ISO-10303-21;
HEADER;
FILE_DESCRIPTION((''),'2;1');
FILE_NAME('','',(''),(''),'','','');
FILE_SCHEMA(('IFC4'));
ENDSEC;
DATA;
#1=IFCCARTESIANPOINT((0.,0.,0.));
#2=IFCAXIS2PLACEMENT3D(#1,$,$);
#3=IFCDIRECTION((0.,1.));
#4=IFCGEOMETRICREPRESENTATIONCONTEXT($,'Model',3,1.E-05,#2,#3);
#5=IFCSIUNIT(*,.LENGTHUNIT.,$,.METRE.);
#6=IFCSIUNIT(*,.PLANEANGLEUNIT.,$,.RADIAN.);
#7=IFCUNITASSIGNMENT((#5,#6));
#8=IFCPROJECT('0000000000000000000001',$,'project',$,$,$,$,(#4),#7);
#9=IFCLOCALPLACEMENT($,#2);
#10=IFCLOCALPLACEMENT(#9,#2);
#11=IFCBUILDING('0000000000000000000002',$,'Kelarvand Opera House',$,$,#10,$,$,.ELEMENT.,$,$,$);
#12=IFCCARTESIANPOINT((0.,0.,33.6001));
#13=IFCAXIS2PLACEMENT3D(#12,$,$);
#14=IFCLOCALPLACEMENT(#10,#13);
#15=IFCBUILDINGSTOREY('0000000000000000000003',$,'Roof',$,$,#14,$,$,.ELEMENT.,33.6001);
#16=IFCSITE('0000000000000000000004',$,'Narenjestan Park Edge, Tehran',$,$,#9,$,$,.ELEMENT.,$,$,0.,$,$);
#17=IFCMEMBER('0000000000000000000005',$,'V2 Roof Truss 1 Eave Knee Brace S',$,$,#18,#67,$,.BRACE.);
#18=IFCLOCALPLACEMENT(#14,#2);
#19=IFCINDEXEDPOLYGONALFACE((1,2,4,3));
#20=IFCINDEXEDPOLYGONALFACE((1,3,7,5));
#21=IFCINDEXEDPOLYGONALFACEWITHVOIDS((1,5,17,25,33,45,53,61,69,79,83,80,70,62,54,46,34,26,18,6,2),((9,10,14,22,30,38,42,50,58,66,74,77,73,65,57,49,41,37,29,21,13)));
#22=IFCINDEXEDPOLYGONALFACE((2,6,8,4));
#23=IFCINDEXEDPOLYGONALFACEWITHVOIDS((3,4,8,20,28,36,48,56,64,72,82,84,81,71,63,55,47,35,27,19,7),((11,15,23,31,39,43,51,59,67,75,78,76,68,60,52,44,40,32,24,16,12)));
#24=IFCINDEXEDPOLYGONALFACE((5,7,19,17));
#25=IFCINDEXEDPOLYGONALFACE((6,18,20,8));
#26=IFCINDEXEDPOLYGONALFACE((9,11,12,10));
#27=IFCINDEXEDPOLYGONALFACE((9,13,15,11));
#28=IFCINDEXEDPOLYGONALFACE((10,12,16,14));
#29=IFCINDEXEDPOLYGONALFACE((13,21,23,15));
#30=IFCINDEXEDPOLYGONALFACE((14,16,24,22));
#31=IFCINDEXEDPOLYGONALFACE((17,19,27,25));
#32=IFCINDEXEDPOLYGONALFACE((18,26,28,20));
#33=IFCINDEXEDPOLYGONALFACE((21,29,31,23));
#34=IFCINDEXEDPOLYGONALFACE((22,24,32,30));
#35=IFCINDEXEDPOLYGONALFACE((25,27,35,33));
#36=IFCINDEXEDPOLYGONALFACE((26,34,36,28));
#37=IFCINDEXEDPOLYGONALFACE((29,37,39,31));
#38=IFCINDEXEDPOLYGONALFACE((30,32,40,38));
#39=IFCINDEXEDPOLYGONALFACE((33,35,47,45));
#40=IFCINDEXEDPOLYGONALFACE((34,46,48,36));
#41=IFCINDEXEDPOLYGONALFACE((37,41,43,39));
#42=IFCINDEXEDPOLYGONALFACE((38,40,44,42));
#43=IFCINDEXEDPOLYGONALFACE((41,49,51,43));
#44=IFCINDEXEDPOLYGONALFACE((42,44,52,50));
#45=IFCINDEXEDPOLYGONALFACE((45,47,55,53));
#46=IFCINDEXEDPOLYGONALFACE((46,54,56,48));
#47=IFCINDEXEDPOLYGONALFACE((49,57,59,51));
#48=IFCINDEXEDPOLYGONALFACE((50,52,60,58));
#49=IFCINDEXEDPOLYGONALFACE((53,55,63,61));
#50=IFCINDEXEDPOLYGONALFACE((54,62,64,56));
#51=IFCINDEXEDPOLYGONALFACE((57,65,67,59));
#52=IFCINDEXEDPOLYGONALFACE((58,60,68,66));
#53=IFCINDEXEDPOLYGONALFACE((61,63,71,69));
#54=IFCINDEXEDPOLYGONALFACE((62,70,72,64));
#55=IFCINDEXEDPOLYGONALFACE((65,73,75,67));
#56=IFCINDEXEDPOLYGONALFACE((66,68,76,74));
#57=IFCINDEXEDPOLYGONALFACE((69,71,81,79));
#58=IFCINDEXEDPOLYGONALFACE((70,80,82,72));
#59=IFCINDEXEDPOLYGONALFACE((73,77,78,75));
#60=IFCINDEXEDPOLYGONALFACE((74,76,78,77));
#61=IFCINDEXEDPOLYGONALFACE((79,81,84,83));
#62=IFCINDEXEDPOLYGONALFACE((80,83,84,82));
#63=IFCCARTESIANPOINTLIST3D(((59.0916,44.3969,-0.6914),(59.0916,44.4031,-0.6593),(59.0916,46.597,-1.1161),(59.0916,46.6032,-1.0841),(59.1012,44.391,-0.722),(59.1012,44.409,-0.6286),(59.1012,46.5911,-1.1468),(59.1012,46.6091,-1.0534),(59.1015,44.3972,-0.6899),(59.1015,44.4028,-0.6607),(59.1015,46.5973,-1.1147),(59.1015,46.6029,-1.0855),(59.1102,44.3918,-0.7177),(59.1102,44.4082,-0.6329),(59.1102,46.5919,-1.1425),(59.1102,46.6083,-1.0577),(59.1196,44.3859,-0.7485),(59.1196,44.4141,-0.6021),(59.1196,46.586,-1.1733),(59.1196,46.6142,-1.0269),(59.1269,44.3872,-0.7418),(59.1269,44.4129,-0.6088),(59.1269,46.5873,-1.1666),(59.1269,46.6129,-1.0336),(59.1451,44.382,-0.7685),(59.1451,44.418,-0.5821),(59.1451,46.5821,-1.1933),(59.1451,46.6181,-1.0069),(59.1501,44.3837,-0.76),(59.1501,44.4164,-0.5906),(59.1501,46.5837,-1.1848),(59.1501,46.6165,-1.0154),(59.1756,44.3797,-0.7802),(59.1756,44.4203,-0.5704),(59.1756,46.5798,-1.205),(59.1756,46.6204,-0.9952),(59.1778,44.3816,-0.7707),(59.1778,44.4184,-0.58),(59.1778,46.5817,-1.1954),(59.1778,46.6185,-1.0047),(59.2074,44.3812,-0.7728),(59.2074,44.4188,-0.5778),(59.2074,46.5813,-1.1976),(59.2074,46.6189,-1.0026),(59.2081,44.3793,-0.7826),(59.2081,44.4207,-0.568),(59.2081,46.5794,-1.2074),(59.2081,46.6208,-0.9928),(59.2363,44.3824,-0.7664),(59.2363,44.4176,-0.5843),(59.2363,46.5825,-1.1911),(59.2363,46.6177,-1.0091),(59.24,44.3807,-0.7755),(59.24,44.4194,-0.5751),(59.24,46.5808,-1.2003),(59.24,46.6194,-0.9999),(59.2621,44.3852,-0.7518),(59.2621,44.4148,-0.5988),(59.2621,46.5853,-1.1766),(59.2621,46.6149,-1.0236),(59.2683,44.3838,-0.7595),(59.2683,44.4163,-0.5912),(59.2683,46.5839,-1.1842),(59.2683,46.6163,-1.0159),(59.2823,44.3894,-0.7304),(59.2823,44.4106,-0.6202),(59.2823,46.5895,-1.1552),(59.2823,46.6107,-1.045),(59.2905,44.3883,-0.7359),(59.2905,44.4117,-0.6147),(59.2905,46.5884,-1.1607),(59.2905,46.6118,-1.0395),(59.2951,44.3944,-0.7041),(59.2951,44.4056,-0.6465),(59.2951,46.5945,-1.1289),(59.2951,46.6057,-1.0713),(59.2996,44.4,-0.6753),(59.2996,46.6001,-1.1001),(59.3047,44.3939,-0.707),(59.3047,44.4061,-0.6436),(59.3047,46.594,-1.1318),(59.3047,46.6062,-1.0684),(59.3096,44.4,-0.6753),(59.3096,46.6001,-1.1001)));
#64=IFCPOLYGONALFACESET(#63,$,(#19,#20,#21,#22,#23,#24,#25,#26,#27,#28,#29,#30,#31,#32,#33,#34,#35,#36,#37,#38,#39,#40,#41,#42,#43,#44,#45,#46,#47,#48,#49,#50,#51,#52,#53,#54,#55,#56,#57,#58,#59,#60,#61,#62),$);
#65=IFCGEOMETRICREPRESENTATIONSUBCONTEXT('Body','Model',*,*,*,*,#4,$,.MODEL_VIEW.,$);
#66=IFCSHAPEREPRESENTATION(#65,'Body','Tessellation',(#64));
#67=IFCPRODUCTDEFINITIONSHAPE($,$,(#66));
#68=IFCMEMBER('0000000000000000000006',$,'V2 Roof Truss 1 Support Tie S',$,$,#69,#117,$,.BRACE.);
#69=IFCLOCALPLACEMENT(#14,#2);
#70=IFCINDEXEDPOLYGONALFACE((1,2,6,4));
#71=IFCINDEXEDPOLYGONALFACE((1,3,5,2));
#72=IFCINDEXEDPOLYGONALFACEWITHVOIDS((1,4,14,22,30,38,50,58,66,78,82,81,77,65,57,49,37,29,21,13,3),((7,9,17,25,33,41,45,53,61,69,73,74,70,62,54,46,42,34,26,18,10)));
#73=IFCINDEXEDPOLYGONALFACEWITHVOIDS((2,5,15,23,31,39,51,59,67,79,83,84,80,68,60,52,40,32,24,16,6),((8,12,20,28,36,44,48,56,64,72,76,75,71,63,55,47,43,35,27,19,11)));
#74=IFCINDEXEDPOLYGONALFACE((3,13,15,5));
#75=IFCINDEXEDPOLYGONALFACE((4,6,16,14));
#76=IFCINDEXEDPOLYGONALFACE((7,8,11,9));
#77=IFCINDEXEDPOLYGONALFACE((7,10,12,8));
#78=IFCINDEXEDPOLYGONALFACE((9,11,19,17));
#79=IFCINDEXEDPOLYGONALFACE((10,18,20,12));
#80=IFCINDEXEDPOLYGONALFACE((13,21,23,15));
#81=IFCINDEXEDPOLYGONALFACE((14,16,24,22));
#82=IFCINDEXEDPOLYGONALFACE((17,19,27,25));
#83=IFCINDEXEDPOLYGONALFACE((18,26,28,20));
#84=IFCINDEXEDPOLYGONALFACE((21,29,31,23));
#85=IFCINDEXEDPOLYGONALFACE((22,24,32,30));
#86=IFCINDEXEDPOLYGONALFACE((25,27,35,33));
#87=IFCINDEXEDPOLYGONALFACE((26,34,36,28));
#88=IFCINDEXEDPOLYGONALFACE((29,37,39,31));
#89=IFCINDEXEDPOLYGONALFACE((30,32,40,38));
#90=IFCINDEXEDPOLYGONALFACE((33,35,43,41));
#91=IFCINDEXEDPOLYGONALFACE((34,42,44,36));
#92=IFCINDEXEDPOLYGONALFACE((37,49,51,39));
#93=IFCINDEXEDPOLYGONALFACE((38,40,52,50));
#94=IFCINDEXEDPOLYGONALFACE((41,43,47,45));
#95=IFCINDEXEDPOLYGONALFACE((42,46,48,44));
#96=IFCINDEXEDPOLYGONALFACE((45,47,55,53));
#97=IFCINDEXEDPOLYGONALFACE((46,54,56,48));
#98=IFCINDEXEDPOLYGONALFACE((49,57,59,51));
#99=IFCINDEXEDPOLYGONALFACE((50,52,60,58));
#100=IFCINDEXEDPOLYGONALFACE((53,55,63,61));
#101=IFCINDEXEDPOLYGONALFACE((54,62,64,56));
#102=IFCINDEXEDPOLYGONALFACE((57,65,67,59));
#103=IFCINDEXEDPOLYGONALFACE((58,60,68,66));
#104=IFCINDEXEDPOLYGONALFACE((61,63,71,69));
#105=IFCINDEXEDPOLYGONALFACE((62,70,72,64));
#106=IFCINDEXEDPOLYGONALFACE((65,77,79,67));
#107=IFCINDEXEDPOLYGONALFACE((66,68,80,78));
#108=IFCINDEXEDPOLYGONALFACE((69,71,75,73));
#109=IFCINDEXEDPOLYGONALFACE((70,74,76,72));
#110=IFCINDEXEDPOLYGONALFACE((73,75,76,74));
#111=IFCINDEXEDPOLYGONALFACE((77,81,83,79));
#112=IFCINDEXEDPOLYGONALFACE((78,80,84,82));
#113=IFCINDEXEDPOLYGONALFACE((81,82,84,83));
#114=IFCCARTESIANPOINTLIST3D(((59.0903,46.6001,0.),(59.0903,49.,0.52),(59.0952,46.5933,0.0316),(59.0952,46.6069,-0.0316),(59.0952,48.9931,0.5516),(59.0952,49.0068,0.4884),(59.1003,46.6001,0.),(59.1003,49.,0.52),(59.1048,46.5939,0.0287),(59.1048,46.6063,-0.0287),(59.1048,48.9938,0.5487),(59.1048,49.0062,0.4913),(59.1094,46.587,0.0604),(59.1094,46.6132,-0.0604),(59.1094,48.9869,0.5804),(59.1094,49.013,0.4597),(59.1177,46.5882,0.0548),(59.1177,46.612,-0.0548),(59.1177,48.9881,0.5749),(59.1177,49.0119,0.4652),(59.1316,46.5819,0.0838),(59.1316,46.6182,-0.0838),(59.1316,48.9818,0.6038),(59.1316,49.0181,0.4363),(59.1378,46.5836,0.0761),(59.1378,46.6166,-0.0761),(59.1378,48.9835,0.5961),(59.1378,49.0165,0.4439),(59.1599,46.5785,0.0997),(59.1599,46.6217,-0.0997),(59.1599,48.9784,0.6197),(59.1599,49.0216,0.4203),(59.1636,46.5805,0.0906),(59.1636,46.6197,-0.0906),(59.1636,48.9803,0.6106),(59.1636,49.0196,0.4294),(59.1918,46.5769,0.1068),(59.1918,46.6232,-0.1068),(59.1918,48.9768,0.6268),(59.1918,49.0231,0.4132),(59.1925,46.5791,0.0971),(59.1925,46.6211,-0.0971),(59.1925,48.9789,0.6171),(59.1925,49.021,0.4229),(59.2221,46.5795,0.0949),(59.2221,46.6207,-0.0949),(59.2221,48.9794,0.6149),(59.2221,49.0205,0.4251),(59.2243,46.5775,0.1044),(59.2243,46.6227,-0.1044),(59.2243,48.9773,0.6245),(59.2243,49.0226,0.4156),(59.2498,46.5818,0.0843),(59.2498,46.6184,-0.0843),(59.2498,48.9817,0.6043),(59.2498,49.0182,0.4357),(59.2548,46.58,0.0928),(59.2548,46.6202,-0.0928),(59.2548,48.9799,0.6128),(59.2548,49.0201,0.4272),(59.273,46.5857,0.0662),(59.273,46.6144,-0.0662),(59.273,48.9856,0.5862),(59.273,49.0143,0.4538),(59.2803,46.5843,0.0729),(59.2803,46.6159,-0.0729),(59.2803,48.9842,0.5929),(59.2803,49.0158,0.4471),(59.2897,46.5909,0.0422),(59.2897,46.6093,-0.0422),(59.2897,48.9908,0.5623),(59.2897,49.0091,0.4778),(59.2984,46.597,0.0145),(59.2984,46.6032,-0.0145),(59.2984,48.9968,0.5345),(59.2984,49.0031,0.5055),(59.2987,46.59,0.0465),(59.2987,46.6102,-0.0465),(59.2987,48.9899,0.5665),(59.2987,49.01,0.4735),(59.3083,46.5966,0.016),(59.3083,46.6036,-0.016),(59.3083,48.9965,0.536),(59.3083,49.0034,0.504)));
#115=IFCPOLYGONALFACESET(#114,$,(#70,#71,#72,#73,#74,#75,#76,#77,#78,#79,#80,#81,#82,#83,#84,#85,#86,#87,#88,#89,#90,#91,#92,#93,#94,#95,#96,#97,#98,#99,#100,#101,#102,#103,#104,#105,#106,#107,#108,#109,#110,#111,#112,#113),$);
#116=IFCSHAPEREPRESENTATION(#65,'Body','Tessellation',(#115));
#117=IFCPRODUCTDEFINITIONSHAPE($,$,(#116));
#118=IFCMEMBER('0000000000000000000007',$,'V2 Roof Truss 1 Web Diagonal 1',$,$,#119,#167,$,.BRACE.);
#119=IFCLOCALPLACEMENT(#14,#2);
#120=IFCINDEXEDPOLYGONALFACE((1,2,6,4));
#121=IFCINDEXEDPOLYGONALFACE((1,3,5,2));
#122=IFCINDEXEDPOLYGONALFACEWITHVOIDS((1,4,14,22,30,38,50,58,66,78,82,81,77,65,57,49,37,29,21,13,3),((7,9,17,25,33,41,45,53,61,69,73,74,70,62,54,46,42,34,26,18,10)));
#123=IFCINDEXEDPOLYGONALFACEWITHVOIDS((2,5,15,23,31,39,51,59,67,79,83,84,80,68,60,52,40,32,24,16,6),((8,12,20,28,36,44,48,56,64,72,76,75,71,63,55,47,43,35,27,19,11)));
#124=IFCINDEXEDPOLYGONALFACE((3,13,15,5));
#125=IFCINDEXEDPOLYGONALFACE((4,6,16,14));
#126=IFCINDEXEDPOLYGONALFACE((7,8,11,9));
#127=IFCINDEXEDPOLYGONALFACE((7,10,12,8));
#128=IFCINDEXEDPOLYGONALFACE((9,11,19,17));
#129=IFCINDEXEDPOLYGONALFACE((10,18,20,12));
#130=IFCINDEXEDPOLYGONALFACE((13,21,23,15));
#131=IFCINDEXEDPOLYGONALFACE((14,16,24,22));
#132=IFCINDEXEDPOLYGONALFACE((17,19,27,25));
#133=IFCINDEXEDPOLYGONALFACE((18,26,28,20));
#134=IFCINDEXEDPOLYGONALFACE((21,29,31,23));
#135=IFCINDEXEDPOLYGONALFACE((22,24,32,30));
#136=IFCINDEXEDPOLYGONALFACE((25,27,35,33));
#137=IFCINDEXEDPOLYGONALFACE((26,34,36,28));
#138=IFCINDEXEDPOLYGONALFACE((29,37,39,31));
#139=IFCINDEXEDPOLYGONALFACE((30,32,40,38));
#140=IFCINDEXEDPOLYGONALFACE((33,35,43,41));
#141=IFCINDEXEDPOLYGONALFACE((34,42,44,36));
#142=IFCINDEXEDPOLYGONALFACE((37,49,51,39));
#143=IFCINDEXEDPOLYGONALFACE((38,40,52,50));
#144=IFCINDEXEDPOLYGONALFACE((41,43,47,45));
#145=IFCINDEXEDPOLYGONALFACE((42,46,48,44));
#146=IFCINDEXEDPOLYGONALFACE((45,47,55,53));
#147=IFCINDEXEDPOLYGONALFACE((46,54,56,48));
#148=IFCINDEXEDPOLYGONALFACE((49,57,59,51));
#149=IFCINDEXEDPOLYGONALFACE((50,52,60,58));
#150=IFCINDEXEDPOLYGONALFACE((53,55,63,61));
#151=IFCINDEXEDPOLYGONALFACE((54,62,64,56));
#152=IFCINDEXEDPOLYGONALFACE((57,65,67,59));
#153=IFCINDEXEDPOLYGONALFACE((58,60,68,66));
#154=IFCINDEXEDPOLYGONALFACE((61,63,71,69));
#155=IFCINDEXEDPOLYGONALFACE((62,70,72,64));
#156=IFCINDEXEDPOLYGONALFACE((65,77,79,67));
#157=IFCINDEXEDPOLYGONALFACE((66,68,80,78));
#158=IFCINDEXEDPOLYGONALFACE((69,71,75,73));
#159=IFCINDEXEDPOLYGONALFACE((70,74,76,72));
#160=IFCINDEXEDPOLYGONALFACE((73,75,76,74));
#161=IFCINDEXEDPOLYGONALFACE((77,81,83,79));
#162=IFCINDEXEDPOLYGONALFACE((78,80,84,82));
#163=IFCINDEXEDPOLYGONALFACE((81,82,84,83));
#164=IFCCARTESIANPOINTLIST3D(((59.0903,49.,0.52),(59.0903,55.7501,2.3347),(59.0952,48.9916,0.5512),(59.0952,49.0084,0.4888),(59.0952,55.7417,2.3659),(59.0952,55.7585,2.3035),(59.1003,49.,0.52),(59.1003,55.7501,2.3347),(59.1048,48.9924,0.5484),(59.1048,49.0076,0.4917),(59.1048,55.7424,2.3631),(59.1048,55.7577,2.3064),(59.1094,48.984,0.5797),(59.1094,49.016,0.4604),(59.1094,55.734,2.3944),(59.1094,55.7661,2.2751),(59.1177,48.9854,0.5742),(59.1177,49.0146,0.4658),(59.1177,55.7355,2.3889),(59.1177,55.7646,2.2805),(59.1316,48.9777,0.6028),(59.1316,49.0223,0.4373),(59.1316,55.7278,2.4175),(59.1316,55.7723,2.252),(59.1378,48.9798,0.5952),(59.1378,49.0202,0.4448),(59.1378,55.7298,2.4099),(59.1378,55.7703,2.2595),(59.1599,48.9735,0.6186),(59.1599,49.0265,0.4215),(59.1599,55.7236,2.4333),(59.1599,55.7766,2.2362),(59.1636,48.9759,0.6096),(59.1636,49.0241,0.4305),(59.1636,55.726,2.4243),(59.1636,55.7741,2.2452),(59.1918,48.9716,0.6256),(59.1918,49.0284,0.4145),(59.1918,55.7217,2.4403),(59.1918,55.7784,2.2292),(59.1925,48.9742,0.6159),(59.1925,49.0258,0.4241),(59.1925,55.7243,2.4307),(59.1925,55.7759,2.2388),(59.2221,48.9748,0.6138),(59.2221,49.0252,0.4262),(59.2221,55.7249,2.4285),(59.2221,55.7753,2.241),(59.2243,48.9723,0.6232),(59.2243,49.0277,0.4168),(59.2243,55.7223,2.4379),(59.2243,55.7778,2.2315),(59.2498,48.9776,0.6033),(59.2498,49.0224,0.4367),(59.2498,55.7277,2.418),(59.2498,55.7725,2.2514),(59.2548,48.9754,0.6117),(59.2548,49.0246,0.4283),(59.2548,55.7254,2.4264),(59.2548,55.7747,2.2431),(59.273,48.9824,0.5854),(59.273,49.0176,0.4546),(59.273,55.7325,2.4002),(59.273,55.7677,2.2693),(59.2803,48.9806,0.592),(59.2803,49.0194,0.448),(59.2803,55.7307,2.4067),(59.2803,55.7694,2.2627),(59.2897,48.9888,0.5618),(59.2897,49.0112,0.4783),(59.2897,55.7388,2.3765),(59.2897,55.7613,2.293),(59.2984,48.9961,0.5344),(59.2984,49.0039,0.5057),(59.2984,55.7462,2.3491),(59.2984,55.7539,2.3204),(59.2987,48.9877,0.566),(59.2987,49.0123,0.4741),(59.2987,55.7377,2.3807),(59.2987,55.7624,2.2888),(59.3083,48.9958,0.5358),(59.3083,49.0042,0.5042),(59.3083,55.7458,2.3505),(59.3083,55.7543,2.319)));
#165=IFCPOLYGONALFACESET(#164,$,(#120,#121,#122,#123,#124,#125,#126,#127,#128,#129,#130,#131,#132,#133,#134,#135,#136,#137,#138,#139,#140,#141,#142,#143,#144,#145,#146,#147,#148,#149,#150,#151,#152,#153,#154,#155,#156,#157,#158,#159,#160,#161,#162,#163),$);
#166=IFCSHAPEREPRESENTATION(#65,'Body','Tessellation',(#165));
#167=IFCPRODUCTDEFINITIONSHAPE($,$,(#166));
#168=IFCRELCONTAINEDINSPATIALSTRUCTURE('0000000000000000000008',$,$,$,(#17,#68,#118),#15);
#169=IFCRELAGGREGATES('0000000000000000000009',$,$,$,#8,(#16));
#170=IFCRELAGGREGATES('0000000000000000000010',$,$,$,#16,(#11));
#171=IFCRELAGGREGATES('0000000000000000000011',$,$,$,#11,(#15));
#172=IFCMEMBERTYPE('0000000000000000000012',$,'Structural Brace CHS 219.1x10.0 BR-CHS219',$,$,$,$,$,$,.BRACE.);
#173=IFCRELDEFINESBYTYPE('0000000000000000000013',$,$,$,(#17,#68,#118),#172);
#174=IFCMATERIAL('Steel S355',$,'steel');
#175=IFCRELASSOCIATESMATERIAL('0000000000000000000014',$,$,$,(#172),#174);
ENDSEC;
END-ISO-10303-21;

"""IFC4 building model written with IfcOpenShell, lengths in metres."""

from ifc_helpers import new_model, si_unit, direction, frame, origin, origin_2d, place, context, subcontext, project, spatial, hollow_circle, extrude, material, material_profile, profile_set, type_object, element, save


model = new_model("IFC4")

# Units and contexts
model_context = context("Model", 3, precision=1e-05, world=origin(), true_north=direction((0.0, 1.0)))
body_context = subcontext(model_context, "Body", "Model", "MODEL_VIEW")
ifc_project = project(units=[si_unit("LENGTHUNIT", "METRE"), si_unit("PLANEANGLEUNIT", "RADIAN")], contexts=[model_context])

# Site, building, storey
site_placement = place(None, origin())
site = spatial("IfcSite", under=ifc_project, at=site_placement, Name="Narenjestan Park Edge, Tehran", CompositionType="ELEMENT", RefElevation=0.0)
building_placement = place(site_placement, origin())
building = spatial("IfcBuilding", under=site, at=building_placement, Name="Kelarvand Opera House", CompositionType="ELEMENT")
storey_placement = place(building_placement, frame((0.0, 0.0, 33.6001)))
storey = spatial("IfcBuildingStorey", under=building, at=storey_placement, Name="Roof", CompositionType="ELEMENT", Elevation=33.6001)

# Members
ifc_material_1 = material(Name="Steel S355", Category="steel")
ifc_material_profile_1 = material_profile(ifc_material_1, hollow_circle(Radius=0.1096, WallThickness=0.01, at=origin_2d()), Name="CHS 219.1x10.0", Category="steel")
ifc_profile_set_1 = profile_set([ifc_material_profile_1], Name="Steel S355")
member_type_1 = type_object("IfcMemberType", Name="Structural Brace CHS 219.1x10.0 BR-CHS219", PredefinedType="BRACE", material=ifc_profile_set_1)
member_1_placement = place(storey_placement, frame((59.2, 46.6001, -1.1001), z_axis=(0.0, -0.981866, 0.189575), x_axis=(1.0, 0.0, 0.0)))
element("IfcMember", 1, at=member_1_placement, inside=storey, type_object=member_type_1, Name="V2 Roof Truss 1 Eave Knee Brace S", PredefinedType="BRACE", context=body_context, shape_type="SweptSolid", body=[
    extrude(hollow_circle(Radius=0.1096, WallThickness=0.01, at=origin_2d()), origin(), (0.0, 0.0, 1.0), 2.2407),
])
member_2_placement = place(storey_placement, frame((59.2, 46.6001, 0.0), z_axis=(0.0, 0.97732, 0.211769), x_axis=(-1.0, 0.0, 0.0)))
element("IfcMember", 2, at=member_2_placement, inside=storey, type_object=member_type_1, Name="V2 Roof Truss 1 Support Tie S", PredefinedType="BRACE", context=body_context, shape_type="SweptSolid", body=[
    extrude(hollow_circle(Radius=0.1096, WallThickness=0.01, at=origin_2d()), origin(), (0.0, 0.0, 1.0), 2.4556),
])
for number, where, z_axis, x_axis, name in (
    (3, (59.2, 49.0, 0.52), (0.0, 0.965709, 0.259625), (-1.0, 0.0, 0.0), "V2 Roof Truss 1 Web Diagonal 1"),
):
    element("IfcMember", number, at=place(storey_placement, frame(where, z_axis=z_axis, x_axis=x_axis)), inside=storey, type_object=member_type_1, Name=name, PredefinedType="BRACE", context=body_context, shape_type="SweptSolid", body=[
        extrude(hollow_circle(Radius=0.1096, WallThickness=0.01, at=origin_2d()), origin(), (0.0, 0.0, 1.0), 6.9897),
    ])

save(model, "model.ifc")
